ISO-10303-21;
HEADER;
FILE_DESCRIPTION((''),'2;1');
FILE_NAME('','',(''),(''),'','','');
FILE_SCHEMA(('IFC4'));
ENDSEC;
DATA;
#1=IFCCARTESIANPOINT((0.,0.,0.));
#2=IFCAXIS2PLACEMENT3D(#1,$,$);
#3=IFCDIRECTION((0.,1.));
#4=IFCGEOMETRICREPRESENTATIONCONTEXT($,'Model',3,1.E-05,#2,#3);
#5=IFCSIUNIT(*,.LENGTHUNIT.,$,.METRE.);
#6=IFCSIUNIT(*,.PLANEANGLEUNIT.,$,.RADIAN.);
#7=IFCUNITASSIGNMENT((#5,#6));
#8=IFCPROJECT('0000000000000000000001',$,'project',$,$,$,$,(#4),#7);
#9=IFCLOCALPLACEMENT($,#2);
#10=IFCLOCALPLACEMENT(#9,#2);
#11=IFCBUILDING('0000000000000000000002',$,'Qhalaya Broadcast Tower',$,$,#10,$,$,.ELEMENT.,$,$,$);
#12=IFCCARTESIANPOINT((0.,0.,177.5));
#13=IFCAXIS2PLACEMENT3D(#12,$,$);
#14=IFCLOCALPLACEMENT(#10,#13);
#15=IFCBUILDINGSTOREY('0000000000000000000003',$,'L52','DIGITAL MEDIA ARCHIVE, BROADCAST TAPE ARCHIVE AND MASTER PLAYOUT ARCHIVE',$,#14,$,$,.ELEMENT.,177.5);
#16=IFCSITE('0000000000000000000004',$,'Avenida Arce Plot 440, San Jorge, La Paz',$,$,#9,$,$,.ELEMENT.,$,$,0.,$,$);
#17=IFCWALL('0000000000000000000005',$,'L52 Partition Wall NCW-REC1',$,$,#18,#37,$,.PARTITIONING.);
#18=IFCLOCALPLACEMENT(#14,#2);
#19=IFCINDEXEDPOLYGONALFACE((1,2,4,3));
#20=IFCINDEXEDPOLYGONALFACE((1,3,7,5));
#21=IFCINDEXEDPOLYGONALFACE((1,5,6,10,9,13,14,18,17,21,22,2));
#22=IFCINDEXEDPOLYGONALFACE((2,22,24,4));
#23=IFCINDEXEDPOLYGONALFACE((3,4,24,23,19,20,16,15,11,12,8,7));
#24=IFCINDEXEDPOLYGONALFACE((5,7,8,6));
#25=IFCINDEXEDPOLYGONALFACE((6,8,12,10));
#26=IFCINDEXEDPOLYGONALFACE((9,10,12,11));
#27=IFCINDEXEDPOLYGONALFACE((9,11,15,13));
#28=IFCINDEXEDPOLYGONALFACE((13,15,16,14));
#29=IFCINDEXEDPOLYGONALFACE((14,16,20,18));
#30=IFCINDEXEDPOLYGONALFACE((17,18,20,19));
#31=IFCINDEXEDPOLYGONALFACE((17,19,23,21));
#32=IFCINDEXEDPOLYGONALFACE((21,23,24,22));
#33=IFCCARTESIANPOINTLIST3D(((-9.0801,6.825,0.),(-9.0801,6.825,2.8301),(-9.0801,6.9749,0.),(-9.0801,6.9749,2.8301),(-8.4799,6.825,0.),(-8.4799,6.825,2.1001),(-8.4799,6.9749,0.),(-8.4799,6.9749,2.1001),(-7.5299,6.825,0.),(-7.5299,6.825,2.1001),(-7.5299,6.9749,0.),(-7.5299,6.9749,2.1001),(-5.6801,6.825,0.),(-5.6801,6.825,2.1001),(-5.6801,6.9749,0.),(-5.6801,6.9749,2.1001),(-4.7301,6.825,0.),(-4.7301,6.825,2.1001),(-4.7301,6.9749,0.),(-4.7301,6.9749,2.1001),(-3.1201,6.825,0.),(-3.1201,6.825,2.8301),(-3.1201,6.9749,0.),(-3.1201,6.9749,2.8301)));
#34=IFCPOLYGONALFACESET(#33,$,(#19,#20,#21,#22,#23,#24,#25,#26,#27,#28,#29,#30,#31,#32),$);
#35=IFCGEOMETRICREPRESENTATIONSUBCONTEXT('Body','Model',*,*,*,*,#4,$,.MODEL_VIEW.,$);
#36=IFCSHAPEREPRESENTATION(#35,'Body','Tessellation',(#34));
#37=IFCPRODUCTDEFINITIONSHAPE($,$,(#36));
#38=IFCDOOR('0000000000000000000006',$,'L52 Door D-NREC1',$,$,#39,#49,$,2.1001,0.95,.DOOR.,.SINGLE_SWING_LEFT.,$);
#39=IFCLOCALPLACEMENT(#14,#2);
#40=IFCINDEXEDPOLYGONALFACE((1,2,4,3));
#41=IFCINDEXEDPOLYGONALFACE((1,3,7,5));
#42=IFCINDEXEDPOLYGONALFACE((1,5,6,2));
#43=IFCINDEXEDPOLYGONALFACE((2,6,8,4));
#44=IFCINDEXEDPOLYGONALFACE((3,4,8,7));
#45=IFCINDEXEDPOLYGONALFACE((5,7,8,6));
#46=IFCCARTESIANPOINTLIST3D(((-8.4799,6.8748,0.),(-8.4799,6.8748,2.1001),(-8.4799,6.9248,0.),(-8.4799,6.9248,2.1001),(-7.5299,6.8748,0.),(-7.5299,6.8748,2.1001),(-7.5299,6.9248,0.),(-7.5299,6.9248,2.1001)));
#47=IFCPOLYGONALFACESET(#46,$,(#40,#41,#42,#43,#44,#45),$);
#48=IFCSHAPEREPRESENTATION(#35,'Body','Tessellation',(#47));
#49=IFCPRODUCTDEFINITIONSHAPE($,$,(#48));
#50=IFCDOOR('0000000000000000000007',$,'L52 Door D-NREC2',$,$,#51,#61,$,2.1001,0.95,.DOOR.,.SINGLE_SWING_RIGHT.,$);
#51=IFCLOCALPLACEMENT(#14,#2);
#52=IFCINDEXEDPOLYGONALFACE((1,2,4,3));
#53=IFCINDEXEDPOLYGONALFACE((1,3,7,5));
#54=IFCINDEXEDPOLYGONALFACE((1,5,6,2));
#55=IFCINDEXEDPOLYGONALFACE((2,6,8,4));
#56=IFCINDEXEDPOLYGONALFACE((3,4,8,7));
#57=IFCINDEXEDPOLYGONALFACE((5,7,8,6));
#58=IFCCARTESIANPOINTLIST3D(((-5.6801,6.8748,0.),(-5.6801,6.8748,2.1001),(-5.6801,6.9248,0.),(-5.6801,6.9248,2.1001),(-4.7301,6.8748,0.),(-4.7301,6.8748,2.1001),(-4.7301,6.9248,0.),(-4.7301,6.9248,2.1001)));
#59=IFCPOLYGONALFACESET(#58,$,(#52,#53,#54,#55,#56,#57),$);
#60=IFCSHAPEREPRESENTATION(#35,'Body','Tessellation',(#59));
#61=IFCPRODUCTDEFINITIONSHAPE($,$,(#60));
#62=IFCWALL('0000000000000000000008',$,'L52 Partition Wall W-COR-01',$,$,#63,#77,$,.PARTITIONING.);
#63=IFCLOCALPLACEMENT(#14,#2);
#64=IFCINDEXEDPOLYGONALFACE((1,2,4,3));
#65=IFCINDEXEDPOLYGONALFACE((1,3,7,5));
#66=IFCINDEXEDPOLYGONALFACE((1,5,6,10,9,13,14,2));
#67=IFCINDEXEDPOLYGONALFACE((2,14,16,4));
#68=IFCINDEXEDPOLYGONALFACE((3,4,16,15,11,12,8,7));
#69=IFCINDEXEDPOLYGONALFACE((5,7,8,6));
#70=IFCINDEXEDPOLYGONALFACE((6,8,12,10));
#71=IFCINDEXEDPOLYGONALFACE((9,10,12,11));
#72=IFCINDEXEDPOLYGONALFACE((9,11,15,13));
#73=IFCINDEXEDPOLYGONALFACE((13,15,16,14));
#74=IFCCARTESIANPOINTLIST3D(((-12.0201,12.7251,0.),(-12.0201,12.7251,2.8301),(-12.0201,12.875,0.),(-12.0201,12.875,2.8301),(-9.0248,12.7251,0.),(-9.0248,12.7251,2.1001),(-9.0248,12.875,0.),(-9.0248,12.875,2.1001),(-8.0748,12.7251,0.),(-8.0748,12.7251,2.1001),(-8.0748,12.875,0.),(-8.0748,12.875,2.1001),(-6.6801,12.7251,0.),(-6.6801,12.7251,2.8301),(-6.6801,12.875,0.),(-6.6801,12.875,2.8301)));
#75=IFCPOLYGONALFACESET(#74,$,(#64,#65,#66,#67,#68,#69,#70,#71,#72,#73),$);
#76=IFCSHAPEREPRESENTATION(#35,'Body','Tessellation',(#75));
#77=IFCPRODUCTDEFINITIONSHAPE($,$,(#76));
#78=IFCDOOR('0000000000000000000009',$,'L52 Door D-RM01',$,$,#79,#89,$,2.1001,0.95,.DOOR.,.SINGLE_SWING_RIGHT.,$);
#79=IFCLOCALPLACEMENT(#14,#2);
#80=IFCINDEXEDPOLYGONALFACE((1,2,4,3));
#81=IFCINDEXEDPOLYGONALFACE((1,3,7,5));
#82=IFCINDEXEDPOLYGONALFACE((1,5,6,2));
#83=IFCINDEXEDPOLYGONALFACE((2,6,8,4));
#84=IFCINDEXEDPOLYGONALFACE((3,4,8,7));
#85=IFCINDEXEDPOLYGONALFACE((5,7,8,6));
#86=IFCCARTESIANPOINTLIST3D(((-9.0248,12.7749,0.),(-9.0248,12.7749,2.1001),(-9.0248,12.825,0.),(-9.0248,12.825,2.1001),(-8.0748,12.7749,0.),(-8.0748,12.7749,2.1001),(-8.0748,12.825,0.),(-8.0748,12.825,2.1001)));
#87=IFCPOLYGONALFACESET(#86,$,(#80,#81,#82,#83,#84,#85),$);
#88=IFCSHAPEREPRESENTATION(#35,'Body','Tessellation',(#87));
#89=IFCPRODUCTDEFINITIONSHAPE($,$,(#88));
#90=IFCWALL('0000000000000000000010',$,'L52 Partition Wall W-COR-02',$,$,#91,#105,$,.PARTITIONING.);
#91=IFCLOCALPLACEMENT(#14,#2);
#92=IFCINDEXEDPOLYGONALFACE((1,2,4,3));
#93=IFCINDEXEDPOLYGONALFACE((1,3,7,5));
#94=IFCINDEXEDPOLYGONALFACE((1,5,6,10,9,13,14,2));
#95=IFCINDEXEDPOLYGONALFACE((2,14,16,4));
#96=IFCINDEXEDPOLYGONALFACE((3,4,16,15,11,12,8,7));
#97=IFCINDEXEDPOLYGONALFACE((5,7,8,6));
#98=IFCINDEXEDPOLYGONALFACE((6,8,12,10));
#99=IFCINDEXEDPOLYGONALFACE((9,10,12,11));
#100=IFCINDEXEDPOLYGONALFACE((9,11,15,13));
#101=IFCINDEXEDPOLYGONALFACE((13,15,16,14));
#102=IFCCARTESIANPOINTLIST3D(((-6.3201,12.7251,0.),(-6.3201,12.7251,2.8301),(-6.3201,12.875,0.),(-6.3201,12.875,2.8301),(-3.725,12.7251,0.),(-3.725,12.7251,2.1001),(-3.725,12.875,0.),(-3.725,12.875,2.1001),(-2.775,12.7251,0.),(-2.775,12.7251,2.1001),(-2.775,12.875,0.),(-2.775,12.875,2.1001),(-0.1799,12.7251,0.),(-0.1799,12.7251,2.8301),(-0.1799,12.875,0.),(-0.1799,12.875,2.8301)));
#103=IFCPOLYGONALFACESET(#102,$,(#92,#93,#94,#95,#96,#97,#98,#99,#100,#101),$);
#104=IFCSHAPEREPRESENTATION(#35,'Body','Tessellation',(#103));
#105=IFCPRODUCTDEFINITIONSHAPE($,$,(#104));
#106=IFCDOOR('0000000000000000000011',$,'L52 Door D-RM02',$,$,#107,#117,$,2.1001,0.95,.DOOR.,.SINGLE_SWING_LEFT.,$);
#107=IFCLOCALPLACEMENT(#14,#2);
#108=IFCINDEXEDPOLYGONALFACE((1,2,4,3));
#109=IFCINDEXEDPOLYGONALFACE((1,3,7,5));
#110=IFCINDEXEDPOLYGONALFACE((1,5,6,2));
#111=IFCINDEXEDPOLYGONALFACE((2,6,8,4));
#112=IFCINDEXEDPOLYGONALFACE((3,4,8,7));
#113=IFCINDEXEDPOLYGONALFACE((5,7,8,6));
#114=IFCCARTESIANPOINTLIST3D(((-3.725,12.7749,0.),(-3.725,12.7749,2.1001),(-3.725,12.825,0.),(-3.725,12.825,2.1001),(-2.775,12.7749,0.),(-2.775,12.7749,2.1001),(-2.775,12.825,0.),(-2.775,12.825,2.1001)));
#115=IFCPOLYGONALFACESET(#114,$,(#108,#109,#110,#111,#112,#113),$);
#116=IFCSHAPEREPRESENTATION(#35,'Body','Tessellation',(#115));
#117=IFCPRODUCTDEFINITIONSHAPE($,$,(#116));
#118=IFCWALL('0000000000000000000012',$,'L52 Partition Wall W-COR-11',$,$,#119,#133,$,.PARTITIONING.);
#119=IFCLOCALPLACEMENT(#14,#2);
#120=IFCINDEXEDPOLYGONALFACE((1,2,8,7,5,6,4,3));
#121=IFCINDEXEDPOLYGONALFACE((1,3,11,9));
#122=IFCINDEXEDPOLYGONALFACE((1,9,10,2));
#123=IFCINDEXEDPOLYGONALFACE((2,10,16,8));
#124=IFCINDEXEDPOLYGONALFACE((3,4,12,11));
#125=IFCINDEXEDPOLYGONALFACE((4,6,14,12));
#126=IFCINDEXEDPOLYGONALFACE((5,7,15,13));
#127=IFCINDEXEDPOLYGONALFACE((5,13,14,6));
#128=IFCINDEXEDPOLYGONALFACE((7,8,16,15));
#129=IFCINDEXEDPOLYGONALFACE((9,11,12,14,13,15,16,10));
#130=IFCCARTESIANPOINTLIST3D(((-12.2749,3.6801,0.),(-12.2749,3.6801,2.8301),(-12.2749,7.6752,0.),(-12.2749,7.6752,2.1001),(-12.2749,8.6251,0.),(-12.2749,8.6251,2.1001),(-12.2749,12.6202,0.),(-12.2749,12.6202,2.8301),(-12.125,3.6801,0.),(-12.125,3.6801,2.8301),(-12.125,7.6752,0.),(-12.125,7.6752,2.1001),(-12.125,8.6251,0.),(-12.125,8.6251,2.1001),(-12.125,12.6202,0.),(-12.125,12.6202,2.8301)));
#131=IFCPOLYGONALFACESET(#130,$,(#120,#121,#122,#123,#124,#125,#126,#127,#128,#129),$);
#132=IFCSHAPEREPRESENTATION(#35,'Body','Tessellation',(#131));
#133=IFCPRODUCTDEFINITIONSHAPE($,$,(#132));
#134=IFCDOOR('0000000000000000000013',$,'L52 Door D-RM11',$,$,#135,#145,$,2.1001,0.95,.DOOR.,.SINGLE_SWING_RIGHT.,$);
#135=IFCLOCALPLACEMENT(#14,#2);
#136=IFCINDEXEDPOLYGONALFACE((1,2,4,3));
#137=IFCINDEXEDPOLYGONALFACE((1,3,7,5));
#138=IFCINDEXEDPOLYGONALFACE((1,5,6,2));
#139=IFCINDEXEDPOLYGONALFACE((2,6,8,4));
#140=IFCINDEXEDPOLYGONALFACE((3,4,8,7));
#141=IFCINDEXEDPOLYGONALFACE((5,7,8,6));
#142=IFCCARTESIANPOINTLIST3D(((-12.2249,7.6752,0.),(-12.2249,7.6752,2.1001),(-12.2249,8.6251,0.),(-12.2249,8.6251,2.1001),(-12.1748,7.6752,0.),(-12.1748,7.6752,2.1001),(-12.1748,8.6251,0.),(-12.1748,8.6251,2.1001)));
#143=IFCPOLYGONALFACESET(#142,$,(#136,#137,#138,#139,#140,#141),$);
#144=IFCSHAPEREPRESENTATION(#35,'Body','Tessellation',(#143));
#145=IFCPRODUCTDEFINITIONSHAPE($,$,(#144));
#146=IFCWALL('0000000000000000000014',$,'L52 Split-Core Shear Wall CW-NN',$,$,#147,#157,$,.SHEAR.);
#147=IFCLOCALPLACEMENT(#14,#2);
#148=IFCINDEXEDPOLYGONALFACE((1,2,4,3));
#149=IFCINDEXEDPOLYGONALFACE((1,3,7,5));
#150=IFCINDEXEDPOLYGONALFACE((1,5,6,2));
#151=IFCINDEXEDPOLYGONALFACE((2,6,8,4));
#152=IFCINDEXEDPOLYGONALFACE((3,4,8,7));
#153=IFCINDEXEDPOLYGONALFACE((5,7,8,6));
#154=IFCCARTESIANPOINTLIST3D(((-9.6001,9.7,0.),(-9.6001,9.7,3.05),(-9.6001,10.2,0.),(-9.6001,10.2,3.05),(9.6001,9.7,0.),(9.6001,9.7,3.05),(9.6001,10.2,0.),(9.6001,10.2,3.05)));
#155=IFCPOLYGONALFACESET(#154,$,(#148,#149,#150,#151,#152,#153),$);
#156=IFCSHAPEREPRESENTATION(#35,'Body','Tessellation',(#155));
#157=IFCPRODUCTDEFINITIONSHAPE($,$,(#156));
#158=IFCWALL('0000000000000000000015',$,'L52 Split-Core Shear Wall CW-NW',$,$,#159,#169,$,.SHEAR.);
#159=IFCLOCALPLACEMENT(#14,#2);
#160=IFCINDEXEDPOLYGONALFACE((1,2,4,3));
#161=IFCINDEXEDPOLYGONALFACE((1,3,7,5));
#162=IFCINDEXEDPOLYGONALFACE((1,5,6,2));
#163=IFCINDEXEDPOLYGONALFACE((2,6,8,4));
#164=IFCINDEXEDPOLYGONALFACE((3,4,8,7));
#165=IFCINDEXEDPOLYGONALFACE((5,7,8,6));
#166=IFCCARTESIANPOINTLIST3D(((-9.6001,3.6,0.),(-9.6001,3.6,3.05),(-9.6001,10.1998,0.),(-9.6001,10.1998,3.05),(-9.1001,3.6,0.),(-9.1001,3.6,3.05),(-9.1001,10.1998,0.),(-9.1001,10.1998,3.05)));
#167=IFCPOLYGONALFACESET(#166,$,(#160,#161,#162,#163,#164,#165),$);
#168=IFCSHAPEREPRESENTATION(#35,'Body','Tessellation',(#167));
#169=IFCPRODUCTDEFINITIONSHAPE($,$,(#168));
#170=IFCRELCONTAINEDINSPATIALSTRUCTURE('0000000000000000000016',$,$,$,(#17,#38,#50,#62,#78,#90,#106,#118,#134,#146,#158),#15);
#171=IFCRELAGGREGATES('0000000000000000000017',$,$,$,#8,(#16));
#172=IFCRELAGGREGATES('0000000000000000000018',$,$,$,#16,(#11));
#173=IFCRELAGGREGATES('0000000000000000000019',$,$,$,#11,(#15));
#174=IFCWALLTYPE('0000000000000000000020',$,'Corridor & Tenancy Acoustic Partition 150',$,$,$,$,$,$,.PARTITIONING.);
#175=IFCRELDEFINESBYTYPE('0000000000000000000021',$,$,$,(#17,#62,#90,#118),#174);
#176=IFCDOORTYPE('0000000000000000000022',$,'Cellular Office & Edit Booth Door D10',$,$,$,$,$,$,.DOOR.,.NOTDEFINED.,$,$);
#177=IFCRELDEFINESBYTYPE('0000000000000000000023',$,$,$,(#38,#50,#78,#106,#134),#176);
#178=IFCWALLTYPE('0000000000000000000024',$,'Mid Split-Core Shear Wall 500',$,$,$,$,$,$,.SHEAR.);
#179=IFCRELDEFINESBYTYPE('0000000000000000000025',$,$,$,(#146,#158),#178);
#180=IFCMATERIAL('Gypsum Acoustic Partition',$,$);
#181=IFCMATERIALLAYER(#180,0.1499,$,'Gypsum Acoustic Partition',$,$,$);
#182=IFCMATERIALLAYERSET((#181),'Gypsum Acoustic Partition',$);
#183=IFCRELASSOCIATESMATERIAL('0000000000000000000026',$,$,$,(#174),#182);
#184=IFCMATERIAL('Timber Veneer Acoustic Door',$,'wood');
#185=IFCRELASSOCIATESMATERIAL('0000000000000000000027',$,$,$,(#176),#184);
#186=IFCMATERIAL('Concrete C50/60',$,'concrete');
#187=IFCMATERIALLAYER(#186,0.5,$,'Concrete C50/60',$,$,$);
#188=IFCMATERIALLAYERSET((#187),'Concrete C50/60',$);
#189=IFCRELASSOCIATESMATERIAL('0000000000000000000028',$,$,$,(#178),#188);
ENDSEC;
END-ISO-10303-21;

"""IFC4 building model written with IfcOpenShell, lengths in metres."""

from ifc_helpers import new_model, si_unit, direction, frame, frame_2d, origin, place, context, subcontext, project, spatial, rectangle, extrude, material, layer, layer_set, type_object, element, fill, save


model = new_model("IFC4")

# Units and contexts
model_context = context("Model", 3, precision=1e-05, world=origin(), true_north=direction((0.0, 1.0)))
body_context = subcontext(model_context, "Body", "Model", "MODEL_VIEW")
ifc_project = project(units=[si_unit("LENGTHUNIT", "METRE"), si_unit("PLANEANGLEUNIT", "RADIAN")], contexts=[model_context])

# Site, building, storey
site_placement = place(None, origin())
site = spatial("IfcSite", under=ifc_project, at=site_placement, Name="Avenida Arce Plot 440, San Jorge, La Paz", CompositionType="ELEMENT", RefElevation=0.0)
building_placement = place(site_placement, origin())
building = spatial("IfcBuilding", under=site, at=building_placement, Name="Qhalaya Broadcast Tower", CompositionType="ELEMENT")
storey_placement = place(building_placement, frame((0.0, 0.0, 177.5)))
storey = spatial("IfcBuildingStorey", under=building, at=storey_placement, Name="L52", Description="DIGITAL MEDIA ARCHIVE, BROADCAST TAPE ARCHIVE AND MASTER PLAYOUT ARCHIVE", CompositionType="ELEMENT", Elevation=177.5)

# Shared definitions
ifc_material_1 = material(Name="Concrete C50/60", Category="concrete")

# Wall, openings, doors
ifc_material_2 = material(Name="Gypsum Acoustic Partition")
ifc_layer_1 = layer(ifc_material_2, 0.1499, Name="Gypsum Acoustic Partition")
ifc_layer_set_1 = layer_set([ifc_layer_1], Name="Gypsum Acoustic Partition")
wall_type_1 = type_object("IfcWallType", Name="Corridor & Tenancy Acoustic Partition 150", PredefinedType="PARTITIONING", material=ifc_layer_set_1)
wall_1_placement = place(storey_placement, frame((-9.0801, 6.8999, 0.0), z_axis=(0.0, 0.0, 1.0), x_axis=(1.0, 0.0, 0.0)))
wall_1 = element("IfcWall", 1, at=wall_1_placement, inside=storey, type_object=wall_type_1, Name="L52 Partition Wall NCW-REC1", PredefinedType="PARTITIONING", context=body_context, shape_type="SweptSolid", body=[
    extrude(rectangle(XDim=5.96, YDim=0.1499, at=frame_2d((2.98, 0.0))), origin(), (0.0, 0.0, 1.0), 2.8301),
])
opening_1_placement = place(wall_1_placement, frame((0.6001, 0.0, 0.0)))
opening_1 = element("IfcOpeningElement", 2, at=opening_1_placement, cuts=wall_1, PredefinedType="OPENING", context=body_context, shape_type="SweptSolid", body=[
    extrude(rectangle(XDim=0.95, YDim=2.1001, at=frame_2d((0.4751, 1.05))), frame((0.0, 0.0869, 0.0), z_axis=(0.0, -1.0, 0.0), x_axis=(1.0, 0.0, 0.0)), (0.0, 0.0, 1.0), 0.1738),
])
opening_2_placement = place(wall_1_placement, frame((3.3999, 0.0, 0.0)))
opening_2 = element("IfcOpeningElement", 3, at=opening_2_placement, cuts=wall_1, PredefinedType="OPENING", context=body_context, shape_type="SweptSolid", body=[
    extrude(rectangle(XDim=0.95, YDim=2.1001, at=frame_2d((0.4751, 1.05))), frame((0.0, 0.0869, 0.0), z_axis=(0.0, -1.0, 0.0), x_axis=(1.0, 0.0, 0.0)), (0.0, 0.0, 1.0), 0.1738),
])
ifc_material_3 = material(Name="Timber Veneer Acoustic Door", Category="wood")
door_type_1 = type_object("IfcDoorType", Name="Cellular Office & Edit Booth Door D10", OperationType="NOTDEFINED", PredefinedType="DOOR", material=ifc_material_3)
door_1_placement = place(opening_1_placement, origin())
door_1 = element("IfcDoor", 4, at=door_1_placement, inside=storey, type_object=door_type_1, Name="L52 Door D-NREC1", OperationType="SINGLE_SWING_LEFT", OverallHeight=2.1001, OverallWidth=0.95, PredefinedType="DOOR", context=body_context, shape_type="SweptSolid", body=[
    extrude(rectangle(XDim=0.95, YDim=2.1001, at=frame_2d((0.4751, 1.05))), frame((0.0, 0.0249, 0.0), z_axis=(0.0, -1.0, 0.0), x_axis=(1.0, 0.0, 0.0)), (0.0, 0.0, 1.0), 0.05),
])
fill(opening_1, door_1)
door_2_placement = place(opening_2_placement, origin())
door_2 = element("IfcDoor", 5, at=door_2_placement, inside=storey, type_object=door_type_1, Name="L52 Door D-NREC2", OperationType="SINGLE_SWING_RIGHT", OverallHeight=2.1001, OverallWidth=0.95, PredefinedType="DOOR", context=body_context, shape_type="SweptSolid", body=[
    extrude(rectangle(XDim=0.95, YDim=2.1001, at=frame_2d((0.4751, 1.05))), frame((0.0, 0.0249, 0.0), z_axis=(0.0, -1.0, 0.0), x_axis=(1.0, 0.0, 0.0)), (0.0, 0.0, 1.0), 0.05),
])
fill(opening_2, door_2)

# Walls, openings, doors
wall_2_placement = place(storey_placement, frame((-12.02, 12.8, 0.0), z_axis=(0.0, 0.0, 1.0), x_axis=(1.0, 0.0, 0.0)))
wall_2 = element("IfcWall", 6, at=wall_2_placement, inside=storey, type_object=wall_type_1, Name="L52 Partition Wall W-COR-01", PredefinedType="PARTITIONING", context=body_context, shape_type="SweptSolid", body=[
    extrude(rectangle(XDim=5.3401, YDim=0.1499, at=frame_2d((2.6699, 0.0))), origin(), (0.0, 0.0, 1.0), 2.8301),
])
opening_3_placement = place(wall_2_placement, frame((2.9951, 0.0, 0.0)))
opening_3 = element("IfcOpeningElement", 7, at=opening_3_placement, cuts=wall_2, PredefinedType="OPENING", context=body_context, shape_type="SweptSolid", body=[
    extrude(rectangle(XDim=0.95, YDim=2.1001, at=frame_2d((0.4751, 1.05))), frame((0.0, 0.0869, 0.0), z_axis=(0.0, -1.0, 0.0), x_axis=(1.0, 0.0, 0.0)), (0.0, 0.0, 1.0), 0.1738),
])
door_3_placement = place(opening_3_placement, origin())
door_3 = element("IfcDoor", 8, at=door_3_placement, inside=storey, type_object=door_type_1, Name="L52 Door D-RM01", OperationType="SINGLE_SWING_RIGHT", OverallHeight=2.1001, OverallWidth=0.95, PredefinedType="DOOR", context=body_context, shape_type="SweptSolid", body=[
    extrude(rectangle(XDim=0.95, YDim=2.1001, at=frame_2d((0.4751, 1.05))), frame((0.0, 0.0249, 0.0), z_axis=(0.0, -1.0, 0.0), x_axis=(1.0, 0.0, 0.0)), (0.0, 0.0, 1.0), 0.05),
])
fill(opening_3, door_3)
wall_3_placement = place(storey_placement, frame((-6.3201, 12.8, 0.0), z_axis=(0.0, 0.0, 1.0), x_axis=(1.0, 0.0, 0.0)))
wall_3 = element("IfcWall", 9, at=wall_3_placement, inside=storey, type_object=wall_type_1, Name="L52 Partition Wall W-COR-02", PredefinedType="PARTITIONING", context=body_context, shape_type="SweptSolid", body=[
    extrude(rectangle(XDim=6.1401, YDim=0.1499, at=frame_2d((3.0701, 0.0))), origin(), (0.0, 0.0, 1.0), 2.8301),
])
opening_4_placement = place(wall_3_placement, frame((2.595, 0.0, 0.0)))
opening_4 = element("IfcOpeningElement", 10, at=opening_4_placement, cuts=wall_3, PredefinedType="OPENING", context=body_context, shape_type="SweptSolid", body=[
    extrude(rectangle(XDim=0.95, YDim=2.1001, at=frame_2d((0.4751, 1.05))), frame((0.0, 0.0869, 0.0), z_axis=(0.0, -1.0, 0.0), x_axis=(1.0, 0.0, 0.0)), (0.0, 0.0, 1.0), 0.1738),
])
door_4_placement = place(opening_4_placement, origin())
door_4 = element("IfcDoor", 11, at=door_4_placement, inside=storey, type_object=door_type_1, Name="L52 Door D-RM02", OperationType="SINGLE_SWING_LEFT", OverallHeight=2.1001, OverallWidth=0.95, PredefinedType="DOOR", context=body_context, shape_type="SweptSolid", body=[
    extrude(rectangle(XDim=0.95, YDim=2.1001, at=frame_2d((0.4751, 1.05))), frame((0.0, 0.0249, 0.0), z_axis=(0.0, -1.0, 0.0), x_axis=(1.0, 0.0, 0.0)), (0.0, 0.0, 1.0), 0.05),
])
fill(opening_4, door_4)
wall_4_placement = place(storey_placement, frame((-12.2, 3.6799, 0.0), z_axis=(0.0, 0.0, 1.0), x_axis=(0.0, 1.0, 0.0)))
wall_4 = element("IfcWall", 12, at=wall_4_placement, inside=storey, type_object=wall_type_1, Name="L52 Partition Wall W-COR-11", PredefinedType="PARTITIONING", context=body_context, shape_type="SweptSolid", body=[
    extrude(rectangle(XDim=8.9402, YDim=0.1499, at=frame_2d((4.4702, 0.0))), origin(), (0.0, 0.0, 1.0), 2.8301),
])
opening_5_placement = place(wall_4_placement, frame((3.9951, 0.0, 0.0)))
opening_5 = element("IfcOpeningElement", 13, at=opening_5_placement, cuts=wall_4, PredefinedType="OPENING", context=body_context, shape_type="SweptSolid", body=[
    extrude(rectangle(XDim=0.95, YDim=2.1001, at=frame_2d((0.4751, 1.05))), frame((0.0, 0.0869, 0.0), z_axis=(0.0, -1.0, 0.0), x_axis=(1.0, 0.0, 0.0)), (0.0, 0.0, 1.0), 0.1738),
])
door_5_placement = place(opening_5_placement, origin())
door_5 = element("IfcDoor", 14, at=door_5_placement, inside=storey, type_object=door_type_1, Name="L52 Door D-RM11", OperationType="SINGLE_SWING_RIGHT", OverallHeight=2.1001, OverallWidth=0.95, PredefinedType="DOOR", context=body_context, shape_type="SweptSolid", body=[
    extrude(rectangle(XDim=0.95, YDim=2.1001, at=frame_2d((0.4751, 1.05))), frame((0.0, 0.0249, 0.0), z_axis=(0.0, -1.0, 0.0), x_axis=(1.0, 0.0, 0.0)), (0.0, 0.0, 1.0), 0.05),
])
fill(opening_5, door_5)

# Wall
ifc_layer_2 = layer(ifc_material_1, 0.5, Name="Concrete C50/60")
ifc_layer_set_2 = layer_set([ifc_layer_2], Name="Concrete C50/60")
wall_type_2 = type_object("IfcWallType", Name="Mid Split-Core Shear Wall 500", PredefinedType="SHEAR", material=ifc_layer_set_2)
wall_5_placement = place(storey_placement, frame((-9.6001, 9.95, 0.0), z_axis=(0.0, 0.0, 1.0), x_axis=(1.0, 0.0, 0.0)))
element("IfcWall", 15, at=wall_5_placement, inside=storey, type_object=wall_type_2, Name="L52 Split-Core Shear Wall CW-NN", PredefinedType="SHEAR", context=body_context, shape_type="SweptSolid", body=[
    extrude(rectangle(XDim=19.2002, YDim=0.5, at=frame_2d((9.6001, 0.0))), origin(), (0.0, 0.0, 1.0), 3.05),
])

# Wall
wall_6_placement = place(storey_placement, frame((-9.3501, 3.6001, 0.0), z_axis=(0.0, 0.0, 1.0), x_axis=(0.0, 1.0, 0.0)))
element("IfcWall", 16, at=wall_6_placement, inside=storey, type_object=wall_type_2, Name="L52 Split-Core Shear Wall CW-NW", PredefinedType="SHEAR", context=body_context, shape_type="SweptSolid", body=[
    extrude(rectangle(XDim=6.5999, YDim=0.5, at=frame_2d((3.2998, 0.0))), origin(), (0.0, 0.0, 1.0), 3.05),
])

save(model, "model.ifc")
